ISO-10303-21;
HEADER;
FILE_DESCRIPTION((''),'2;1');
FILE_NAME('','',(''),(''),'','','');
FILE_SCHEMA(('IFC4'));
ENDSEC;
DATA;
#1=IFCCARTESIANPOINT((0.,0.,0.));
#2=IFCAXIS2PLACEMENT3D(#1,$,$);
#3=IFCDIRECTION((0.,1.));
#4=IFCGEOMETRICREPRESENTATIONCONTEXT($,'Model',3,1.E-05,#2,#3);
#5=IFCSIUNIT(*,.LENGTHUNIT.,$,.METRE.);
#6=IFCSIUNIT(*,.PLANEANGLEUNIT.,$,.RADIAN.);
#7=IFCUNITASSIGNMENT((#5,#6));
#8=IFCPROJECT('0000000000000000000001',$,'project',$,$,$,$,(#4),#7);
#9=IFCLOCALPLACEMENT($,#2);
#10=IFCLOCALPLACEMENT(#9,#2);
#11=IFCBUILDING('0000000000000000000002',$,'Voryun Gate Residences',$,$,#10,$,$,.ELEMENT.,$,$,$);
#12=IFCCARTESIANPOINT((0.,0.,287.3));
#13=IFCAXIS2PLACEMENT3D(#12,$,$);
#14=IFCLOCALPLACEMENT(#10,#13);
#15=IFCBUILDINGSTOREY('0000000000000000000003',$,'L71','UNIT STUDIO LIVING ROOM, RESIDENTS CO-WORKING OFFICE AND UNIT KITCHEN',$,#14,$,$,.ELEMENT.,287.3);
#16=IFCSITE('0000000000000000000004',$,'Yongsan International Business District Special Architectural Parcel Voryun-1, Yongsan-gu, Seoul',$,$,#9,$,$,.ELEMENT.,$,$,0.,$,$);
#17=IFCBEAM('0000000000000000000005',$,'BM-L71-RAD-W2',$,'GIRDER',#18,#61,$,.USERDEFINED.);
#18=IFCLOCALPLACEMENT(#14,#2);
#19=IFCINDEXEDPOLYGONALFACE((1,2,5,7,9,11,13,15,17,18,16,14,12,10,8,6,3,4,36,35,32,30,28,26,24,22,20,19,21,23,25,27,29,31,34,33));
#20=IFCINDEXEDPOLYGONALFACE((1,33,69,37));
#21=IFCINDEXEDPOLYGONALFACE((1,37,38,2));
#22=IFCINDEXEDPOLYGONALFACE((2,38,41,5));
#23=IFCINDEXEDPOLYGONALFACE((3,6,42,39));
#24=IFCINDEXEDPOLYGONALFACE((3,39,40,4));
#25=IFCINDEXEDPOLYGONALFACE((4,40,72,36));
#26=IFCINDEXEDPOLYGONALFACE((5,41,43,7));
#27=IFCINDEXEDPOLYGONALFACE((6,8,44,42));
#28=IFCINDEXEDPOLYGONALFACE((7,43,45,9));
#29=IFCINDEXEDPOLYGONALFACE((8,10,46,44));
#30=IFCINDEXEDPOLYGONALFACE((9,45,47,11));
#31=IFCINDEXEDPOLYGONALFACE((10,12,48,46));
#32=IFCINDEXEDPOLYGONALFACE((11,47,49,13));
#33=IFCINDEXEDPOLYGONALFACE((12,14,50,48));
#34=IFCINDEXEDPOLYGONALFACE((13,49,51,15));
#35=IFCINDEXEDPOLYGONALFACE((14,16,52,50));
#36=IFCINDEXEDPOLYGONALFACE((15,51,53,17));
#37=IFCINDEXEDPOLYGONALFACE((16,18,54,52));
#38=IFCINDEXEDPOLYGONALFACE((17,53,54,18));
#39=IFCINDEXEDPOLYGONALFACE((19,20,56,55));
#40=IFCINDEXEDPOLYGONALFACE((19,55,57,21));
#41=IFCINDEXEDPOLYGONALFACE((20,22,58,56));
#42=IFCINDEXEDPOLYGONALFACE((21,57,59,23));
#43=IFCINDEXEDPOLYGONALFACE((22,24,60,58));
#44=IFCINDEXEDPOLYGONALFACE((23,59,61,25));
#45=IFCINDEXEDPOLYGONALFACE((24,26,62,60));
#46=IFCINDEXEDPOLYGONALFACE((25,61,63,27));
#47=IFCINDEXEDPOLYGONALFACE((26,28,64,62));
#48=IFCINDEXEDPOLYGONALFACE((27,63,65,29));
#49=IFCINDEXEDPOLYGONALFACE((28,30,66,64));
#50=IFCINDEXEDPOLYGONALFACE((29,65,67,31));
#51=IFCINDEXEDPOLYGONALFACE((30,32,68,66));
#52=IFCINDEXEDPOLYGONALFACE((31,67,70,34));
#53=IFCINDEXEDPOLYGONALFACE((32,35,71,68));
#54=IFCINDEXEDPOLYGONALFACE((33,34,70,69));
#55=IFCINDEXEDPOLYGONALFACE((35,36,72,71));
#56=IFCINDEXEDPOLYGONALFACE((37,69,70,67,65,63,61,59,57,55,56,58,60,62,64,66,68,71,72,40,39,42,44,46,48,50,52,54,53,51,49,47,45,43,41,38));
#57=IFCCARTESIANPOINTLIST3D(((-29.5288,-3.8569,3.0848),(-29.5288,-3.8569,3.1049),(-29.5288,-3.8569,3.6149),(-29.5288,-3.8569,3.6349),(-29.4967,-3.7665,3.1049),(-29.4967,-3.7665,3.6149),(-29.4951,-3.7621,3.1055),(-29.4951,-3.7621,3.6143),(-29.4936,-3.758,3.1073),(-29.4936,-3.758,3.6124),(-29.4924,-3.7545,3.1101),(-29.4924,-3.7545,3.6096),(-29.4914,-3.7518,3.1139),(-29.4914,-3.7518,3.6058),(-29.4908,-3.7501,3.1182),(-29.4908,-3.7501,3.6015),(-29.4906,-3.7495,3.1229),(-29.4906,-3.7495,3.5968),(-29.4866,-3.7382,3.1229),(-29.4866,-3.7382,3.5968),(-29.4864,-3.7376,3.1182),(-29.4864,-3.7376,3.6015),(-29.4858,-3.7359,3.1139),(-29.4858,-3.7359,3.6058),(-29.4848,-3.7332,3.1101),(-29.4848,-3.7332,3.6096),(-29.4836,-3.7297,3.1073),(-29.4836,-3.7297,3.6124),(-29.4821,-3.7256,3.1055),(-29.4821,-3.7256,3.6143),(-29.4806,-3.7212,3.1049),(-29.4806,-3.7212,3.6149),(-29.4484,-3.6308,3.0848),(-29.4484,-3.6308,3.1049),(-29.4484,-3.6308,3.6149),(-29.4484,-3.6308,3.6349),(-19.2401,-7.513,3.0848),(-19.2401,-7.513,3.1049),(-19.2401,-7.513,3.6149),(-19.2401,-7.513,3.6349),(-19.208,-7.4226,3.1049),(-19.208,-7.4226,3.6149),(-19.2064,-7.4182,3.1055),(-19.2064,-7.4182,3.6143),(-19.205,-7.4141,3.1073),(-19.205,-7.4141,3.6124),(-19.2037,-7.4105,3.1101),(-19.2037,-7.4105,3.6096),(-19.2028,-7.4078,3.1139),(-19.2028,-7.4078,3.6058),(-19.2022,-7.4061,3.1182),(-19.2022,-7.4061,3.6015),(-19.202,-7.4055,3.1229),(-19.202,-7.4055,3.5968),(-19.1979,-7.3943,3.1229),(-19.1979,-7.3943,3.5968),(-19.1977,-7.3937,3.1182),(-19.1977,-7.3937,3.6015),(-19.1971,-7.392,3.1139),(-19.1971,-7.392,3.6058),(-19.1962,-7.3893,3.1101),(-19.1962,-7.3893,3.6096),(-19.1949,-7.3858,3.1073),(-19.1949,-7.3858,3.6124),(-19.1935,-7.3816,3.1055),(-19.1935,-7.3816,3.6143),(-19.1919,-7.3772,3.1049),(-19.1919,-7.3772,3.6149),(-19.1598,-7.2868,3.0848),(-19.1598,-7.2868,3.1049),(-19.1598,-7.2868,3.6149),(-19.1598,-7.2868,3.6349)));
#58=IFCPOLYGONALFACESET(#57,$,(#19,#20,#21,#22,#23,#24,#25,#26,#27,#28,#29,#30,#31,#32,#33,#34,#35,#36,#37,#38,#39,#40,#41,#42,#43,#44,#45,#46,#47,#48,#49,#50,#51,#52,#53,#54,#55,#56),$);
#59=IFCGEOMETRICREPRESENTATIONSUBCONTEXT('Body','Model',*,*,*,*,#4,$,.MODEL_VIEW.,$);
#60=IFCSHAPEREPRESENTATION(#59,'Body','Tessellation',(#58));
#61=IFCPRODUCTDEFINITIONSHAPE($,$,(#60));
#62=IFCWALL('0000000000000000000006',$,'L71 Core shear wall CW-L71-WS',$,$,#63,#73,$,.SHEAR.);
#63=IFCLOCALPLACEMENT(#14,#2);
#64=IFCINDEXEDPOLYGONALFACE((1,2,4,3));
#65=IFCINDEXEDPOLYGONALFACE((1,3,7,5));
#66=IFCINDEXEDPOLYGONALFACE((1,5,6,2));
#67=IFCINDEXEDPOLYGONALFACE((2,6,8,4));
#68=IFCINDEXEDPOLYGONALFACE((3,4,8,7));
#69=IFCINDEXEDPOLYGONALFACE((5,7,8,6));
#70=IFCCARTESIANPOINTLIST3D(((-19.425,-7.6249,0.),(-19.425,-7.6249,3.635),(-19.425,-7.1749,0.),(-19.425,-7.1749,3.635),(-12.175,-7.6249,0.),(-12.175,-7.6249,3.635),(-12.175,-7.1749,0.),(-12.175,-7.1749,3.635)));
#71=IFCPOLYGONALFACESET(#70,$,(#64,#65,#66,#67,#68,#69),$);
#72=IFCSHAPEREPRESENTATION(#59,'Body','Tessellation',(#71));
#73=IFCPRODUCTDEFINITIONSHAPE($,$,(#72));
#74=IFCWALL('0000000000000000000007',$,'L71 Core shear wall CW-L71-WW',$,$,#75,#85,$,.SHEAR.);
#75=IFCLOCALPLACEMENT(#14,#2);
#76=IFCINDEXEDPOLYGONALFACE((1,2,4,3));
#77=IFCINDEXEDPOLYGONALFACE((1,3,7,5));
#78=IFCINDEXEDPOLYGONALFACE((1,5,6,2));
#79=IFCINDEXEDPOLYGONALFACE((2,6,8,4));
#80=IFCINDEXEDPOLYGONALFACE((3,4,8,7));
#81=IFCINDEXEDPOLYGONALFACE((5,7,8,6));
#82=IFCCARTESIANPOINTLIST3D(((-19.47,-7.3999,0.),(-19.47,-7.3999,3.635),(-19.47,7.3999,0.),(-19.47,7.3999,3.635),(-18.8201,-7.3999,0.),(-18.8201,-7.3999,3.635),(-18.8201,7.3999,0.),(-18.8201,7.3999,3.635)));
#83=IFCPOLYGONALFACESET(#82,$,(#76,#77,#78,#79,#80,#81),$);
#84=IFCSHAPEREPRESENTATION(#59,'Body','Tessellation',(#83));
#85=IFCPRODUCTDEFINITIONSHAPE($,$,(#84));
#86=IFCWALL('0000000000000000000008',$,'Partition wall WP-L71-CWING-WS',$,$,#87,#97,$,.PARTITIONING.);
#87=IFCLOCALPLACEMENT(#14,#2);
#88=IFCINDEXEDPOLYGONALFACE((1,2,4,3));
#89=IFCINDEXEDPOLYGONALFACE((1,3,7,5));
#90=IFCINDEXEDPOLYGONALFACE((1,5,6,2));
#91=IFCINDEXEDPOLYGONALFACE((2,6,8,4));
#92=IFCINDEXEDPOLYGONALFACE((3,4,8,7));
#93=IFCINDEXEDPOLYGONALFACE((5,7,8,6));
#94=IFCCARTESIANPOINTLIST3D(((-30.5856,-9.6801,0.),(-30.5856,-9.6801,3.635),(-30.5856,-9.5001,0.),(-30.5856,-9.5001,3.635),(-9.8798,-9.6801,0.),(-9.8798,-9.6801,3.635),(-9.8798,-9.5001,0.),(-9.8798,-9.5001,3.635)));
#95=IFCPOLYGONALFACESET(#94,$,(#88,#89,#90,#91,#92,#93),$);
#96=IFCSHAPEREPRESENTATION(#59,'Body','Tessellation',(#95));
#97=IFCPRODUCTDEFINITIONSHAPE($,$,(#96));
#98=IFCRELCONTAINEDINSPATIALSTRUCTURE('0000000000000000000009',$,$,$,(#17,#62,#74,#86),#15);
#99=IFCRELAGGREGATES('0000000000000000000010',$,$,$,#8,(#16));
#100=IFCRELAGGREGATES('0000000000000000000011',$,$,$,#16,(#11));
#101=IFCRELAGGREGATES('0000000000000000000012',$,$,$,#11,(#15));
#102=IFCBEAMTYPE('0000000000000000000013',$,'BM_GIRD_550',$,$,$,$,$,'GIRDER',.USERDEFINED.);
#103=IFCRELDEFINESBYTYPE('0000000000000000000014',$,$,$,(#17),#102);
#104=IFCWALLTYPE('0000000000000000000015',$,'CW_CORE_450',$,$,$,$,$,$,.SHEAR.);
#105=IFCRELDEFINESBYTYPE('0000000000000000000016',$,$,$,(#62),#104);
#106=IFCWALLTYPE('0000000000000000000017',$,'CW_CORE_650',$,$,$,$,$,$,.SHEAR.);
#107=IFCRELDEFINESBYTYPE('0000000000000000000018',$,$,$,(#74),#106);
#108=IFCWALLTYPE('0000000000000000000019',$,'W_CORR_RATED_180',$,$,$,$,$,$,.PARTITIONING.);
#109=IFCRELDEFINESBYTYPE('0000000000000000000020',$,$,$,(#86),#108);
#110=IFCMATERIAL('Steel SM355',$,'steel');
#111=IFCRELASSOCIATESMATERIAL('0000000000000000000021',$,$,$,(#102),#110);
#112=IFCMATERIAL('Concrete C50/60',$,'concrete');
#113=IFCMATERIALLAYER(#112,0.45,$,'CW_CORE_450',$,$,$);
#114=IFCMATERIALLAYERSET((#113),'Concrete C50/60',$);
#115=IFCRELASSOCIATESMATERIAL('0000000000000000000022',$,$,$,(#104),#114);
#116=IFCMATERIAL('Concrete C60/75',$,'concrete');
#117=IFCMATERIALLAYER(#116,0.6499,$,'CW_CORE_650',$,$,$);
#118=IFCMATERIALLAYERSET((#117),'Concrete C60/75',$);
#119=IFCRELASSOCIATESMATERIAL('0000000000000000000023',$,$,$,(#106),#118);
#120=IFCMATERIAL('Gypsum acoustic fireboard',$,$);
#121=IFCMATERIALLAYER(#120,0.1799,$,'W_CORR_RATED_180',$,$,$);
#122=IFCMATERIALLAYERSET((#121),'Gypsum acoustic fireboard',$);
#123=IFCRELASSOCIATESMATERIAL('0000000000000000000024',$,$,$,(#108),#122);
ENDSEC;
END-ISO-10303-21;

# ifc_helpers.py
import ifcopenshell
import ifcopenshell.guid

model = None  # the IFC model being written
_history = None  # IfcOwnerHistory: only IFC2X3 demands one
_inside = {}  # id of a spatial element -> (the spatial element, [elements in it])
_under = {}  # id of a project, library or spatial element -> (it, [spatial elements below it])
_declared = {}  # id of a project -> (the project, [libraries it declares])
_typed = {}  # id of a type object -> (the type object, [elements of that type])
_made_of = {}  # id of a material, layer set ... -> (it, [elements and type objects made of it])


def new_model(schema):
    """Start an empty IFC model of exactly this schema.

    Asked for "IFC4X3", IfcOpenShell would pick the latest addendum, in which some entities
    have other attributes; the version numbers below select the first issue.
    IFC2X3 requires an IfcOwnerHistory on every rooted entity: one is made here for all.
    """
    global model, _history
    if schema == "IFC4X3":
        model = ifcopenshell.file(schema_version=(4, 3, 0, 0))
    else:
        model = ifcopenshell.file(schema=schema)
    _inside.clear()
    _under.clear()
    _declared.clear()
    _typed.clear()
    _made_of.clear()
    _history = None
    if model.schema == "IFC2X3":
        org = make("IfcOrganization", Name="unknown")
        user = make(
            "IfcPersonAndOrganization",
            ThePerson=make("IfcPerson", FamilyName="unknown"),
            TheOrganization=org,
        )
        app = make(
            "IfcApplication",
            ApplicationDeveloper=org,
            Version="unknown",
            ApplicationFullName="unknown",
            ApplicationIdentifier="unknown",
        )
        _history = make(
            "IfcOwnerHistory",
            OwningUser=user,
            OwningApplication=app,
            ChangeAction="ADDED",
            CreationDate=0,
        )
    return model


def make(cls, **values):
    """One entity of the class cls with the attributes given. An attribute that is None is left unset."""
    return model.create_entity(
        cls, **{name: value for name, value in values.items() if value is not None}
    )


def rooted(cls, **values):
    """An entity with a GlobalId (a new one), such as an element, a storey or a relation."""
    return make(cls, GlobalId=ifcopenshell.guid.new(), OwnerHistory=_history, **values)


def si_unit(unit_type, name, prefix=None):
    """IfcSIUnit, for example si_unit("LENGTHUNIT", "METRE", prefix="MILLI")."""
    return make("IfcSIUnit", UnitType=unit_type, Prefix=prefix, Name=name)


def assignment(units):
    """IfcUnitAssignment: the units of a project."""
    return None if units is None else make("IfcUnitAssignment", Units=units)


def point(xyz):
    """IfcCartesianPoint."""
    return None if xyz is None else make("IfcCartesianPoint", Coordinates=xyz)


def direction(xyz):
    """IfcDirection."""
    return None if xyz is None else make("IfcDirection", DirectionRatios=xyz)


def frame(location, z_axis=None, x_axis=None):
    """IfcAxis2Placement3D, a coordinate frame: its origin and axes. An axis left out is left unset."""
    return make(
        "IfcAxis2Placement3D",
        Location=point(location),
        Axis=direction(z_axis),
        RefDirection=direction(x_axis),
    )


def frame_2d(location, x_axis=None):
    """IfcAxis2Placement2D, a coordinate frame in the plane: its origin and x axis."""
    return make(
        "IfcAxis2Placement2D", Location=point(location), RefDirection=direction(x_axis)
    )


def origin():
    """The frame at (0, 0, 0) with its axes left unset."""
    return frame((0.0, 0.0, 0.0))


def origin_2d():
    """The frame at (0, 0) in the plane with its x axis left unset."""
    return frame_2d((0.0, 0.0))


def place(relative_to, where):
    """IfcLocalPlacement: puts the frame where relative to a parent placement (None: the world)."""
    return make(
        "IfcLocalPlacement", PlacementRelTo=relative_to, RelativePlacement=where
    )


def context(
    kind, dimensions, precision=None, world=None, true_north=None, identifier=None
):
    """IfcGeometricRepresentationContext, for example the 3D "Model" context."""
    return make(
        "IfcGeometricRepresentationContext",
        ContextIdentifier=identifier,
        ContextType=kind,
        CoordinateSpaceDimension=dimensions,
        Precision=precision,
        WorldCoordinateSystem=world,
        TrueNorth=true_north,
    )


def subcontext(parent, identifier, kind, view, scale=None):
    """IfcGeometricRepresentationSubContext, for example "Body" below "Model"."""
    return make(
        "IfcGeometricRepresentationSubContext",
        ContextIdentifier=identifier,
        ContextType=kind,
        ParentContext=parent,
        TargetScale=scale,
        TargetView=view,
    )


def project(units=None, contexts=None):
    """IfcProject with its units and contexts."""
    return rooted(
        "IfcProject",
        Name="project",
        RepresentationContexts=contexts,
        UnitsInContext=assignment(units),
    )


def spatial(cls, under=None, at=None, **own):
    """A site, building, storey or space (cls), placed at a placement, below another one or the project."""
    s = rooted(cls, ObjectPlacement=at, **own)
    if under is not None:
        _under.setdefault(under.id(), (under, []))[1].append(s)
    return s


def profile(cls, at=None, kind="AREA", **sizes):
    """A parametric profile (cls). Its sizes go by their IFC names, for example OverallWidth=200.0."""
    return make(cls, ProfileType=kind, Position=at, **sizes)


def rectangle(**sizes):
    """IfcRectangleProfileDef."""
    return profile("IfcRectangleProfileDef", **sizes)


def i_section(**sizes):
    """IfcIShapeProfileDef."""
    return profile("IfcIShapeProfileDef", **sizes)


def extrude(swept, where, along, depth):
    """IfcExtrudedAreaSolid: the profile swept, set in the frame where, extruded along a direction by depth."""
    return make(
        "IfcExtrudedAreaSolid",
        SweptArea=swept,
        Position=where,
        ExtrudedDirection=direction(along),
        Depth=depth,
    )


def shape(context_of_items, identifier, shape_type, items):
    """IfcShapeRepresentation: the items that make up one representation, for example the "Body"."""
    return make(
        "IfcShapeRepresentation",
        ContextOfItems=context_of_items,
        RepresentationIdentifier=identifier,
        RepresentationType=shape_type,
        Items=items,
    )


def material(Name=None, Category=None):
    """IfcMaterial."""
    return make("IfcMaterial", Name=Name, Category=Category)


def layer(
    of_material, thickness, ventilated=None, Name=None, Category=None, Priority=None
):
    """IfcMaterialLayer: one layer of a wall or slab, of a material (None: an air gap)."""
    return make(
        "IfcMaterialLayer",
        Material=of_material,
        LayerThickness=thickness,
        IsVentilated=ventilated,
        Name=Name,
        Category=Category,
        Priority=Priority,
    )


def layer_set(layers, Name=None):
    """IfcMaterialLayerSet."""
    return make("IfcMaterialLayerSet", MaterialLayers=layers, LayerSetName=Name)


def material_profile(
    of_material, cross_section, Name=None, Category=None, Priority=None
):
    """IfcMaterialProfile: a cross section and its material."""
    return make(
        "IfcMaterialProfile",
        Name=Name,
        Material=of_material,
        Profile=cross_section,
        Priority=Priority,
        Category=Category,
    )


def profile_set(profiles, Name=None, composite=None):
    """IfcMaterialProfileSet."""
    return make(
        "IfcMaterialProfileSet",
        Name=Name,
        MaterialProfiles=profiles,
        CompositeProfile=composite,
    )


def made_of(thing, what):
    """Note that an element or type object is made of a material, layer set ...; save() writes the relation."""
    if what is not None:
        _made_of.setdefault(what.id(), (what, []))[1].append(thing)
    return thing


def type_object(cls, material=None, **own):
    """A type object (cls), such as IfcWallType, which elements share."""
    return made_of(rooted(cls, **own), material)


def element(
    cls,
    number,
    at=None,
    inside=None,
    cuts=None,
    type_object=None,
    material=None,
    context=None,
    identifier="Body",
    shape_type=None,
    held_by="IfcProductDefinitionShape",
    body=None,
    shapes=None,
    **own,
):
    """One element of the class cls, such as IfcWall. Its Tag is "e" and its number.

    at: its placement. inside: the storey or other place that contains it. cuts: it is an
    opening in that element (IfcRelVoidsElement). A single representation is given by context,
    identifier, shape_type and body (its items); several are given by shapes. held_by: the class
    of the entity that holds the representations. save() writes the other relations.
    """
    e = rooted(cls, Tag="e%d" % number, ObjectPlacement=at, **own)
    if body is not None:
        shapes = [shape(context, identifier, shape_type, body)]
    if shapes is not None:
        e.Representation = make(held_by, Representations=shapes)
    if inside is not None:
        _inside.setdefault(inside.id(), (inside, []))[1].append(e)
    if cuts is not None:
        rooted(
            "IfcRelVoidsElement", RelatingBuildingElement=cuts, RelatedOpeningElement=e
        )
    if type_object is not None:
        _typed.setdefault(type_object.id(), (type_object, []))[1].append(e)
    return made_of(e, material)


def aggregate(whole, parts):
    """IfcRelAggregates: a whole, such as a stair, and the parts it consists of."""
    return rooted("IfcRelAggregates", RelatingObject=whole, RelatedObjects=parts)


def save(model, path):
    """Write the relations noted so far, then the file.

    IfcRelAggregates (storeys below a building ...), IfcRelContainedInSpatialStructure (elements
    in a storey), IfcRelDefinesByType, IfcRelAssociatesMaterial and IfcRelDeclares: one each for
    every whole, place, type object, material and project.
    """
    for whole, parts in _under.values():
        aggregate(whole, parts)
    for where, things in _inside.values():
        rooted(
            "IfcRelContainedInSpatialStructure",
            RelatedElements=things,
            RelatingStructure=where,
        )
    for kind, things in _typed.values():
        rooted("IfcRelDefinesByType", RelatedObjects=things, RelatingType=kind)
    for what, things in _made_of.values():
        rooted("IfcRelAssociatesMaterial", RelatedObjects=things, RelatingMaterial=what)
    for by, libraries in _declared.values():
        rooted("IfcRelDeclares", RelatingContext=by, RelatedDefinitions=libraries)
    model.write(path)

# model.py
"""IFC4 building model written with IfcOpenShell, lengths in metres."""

from ifc_helpers import new_model, si_unit, direction, frame, frame_2d, origin, origin_2d, place, context, subcontext, project, spatial, rectangle, i_section, extrude, material, layer, layer_set, material_profile, profile_set, type_object, element, save


model = new_model("IFC4")

# Units and contexts
model_context = context("Model", 3, precision=1e-05, world=origin(), true_north=direction((0.0, 1.0)))
body_context = subcontext(model_context, "Body", "Model", "MODEL_VIEW")
ifc_project = project(units=[si_unit("LENGTHUNIT", "METRE"), si_unit("PLANEANGLEUNIT", "RADIAN")], contexts=[model_context])

# Site, building, storey
site_placement = place(None, origin())
site = spatial("IfcSite", under=ifc_project, at=site_placement, Name="Yongsan International Business District Special Architectural Parcel Voryun-1, Yongsan-gu, Seoul", CompositionType="ELEMENT", RefElevation=0.0)
building_placement = place(site_placement, origin())
building = spatial("IfcBuilding", under=site, at=building_placement, Name="Voryun Gate Residences", CompositionType="ELEMENT")
storey_placement = place(building_placement, frame((0.0, 0.0, 287.3)))
storey = spatial("IfcBuildingStorey", under=building, at=storey_placement, Name="L71", Description="UNIT STUDIO LIVING ROOM, RESIDENTS CO-WORKING OFFICE AND UNIT KITCHEN", CompositionType="ELEMENT", Elevation=287.3)

# Beam
ifc_material_1 = material(Name="Steel SM355", Category="steel")
ifc_material_profile_1 = material_profile(ifc_material_1, i_section(OverallWidth=0.24, OverallDepth=0.55, WebThickness=0.012, FlangeThickness=0.02, FilletRadius=0.0181, at=origin_2d()), Name="H-550x240x12x20")
ifc_profile_set_1 = profile_set([ifc_material_profile_1], Name="Steel SM355")
beam_type_1 = type_object("IfcBeamType", Name="BM_GIRD_550", ElementType="GIRDER", PredefinedType="USERDEFINED", material=ifc_profile_set_1)
beam_1_placement = place(storey_placement, frame((-19.2, -7.3999, 3.3599), z_axis=(-0.942277, 0.334835, 0.0), x_axis=(-0.334835, -0.942277, 0.0)))
element("IfcBeam", 1, at=beam_1_placement, inside=storey, type_object=beam_type_1, Name="BM-L71-RAD-W2", ObjectType="GIRDER", PredefinedType="USERDEFINED", context=body_context, shape_type="SweptSolid", body=[
    extrude(i_section(OverallWidth=0.24, OverallDepth=0.55, WebThickness=0.012, FlangeThickness=0.02, FilletRadius=0.0181, at=origin_2d()), origin(), (0.0, 0.0, 1.0), 10.9189),
])

# Walls
ifc_material_2 = material(Name="Concrete C50/60", Category="concrete")
ifc_layer_1 = layer(ifc_material_2, 0.45, Name="CW_CORE_450")
ifc_layer_set_1 = layer_set([ifc_layer_1], Name="Concrete C50/60")
wall_type_1 = type_object("IfcWallType", Name="CW_CORE_450", PredefinedType="SHEAR", material=ifc_layer_set_1)
wall_1_placement = place(storey_placement, frame((-19.425, -7.3999, 0.0), z_axis=(0.0, 0.0, 1.0), x_axis=(1.0, 0.0, 0.0)))
element("IfcWall", 2, at=wall_1_placement, inside=storey, type_object=wall_type_1, Name="L71 Core shear wall CW-L71-WS", PredefinedType="SHEAR", context=body_context, shape_type="SweptSolid", body=[
    extrude(rectangle(XDim=7.25, YDim=0.45, at=frame_2d((3.625, 0.0))), origin(), (0.0, 0.0, 1.0), 3.635),
])
ifc_material_3 = material(Name="Concrete C60/75", Category="concrete")
ifc_layer_2 = layer(ifc_material_3, 0.6499, Name="CW_CORE_650")
ifc_layer_set_2 = layer_set([ifc_layer_2], Name="Concrete C60/75")
wall_type_2 = type_object("IfcWallType", Name="CW_CORE_650", PredefinedType="SHEAR", material=ifc_layer_set_2)
wall_2_placement = place(storey_placement, frame((-19.145, -7.3999, 0.0), z_axis=(0.0, 0.0, 1.0), x_axis=(0.0, 1.0, 0.0)))
element("IfcWall", 3, at=wall_2_placement, inside=storey, type_object=wall_type_2, Name="L71 Core shear wall CW-L71-WW", PredefinedType="SHEAR", context=body_context, shape_type="SweptSolid", body=[
    extrude(rectangle(XDim=14.7998, YDim=0.6499, at=frame_2d((7.3999, 0.0))), origin(), (0.0, 0.0, 1.0), 3.635),
])
ifc_material_4 = material(Name="Gypsum acoustic fireboard")
ifc_layer_3 = layer(ifc_material_4, 0.1799, Name="W_CORR_RATED_180")
ifc_layer_set_3 = layer_set([ifc_layer_3], Name="Gypsum acoustic fireboard")
wall_type_3 = type_object("IfcWallType", Name="W_CORR_RATED_180", PredefinedType="PARTITIONING", material=ifc_layer_set_3)
wall_3_placement = place(storey_placement, frame((-30.5857, -9.5901, 0.0), z_axis=(0.0, 0.0, 1.0), x_axis=(1.0, 0.0, 0.0)))
element("IfcWall", 4, at=wall_3_placement, inside=storey, type_object=wall_type_3, Name="Partition wall WP-L71-CWING-WS", PredefinedType="PARTITIONING", context=body_context, shape_type="SweptSolid", body=[
    extrude(rectangle(XDim=20.7058, YDim=0.1799, at=frame_2d((10.353, 0.0))), origin(), (0.0, 0.0, 1.0), 3.635),
])

save(model, "model.ifc")
